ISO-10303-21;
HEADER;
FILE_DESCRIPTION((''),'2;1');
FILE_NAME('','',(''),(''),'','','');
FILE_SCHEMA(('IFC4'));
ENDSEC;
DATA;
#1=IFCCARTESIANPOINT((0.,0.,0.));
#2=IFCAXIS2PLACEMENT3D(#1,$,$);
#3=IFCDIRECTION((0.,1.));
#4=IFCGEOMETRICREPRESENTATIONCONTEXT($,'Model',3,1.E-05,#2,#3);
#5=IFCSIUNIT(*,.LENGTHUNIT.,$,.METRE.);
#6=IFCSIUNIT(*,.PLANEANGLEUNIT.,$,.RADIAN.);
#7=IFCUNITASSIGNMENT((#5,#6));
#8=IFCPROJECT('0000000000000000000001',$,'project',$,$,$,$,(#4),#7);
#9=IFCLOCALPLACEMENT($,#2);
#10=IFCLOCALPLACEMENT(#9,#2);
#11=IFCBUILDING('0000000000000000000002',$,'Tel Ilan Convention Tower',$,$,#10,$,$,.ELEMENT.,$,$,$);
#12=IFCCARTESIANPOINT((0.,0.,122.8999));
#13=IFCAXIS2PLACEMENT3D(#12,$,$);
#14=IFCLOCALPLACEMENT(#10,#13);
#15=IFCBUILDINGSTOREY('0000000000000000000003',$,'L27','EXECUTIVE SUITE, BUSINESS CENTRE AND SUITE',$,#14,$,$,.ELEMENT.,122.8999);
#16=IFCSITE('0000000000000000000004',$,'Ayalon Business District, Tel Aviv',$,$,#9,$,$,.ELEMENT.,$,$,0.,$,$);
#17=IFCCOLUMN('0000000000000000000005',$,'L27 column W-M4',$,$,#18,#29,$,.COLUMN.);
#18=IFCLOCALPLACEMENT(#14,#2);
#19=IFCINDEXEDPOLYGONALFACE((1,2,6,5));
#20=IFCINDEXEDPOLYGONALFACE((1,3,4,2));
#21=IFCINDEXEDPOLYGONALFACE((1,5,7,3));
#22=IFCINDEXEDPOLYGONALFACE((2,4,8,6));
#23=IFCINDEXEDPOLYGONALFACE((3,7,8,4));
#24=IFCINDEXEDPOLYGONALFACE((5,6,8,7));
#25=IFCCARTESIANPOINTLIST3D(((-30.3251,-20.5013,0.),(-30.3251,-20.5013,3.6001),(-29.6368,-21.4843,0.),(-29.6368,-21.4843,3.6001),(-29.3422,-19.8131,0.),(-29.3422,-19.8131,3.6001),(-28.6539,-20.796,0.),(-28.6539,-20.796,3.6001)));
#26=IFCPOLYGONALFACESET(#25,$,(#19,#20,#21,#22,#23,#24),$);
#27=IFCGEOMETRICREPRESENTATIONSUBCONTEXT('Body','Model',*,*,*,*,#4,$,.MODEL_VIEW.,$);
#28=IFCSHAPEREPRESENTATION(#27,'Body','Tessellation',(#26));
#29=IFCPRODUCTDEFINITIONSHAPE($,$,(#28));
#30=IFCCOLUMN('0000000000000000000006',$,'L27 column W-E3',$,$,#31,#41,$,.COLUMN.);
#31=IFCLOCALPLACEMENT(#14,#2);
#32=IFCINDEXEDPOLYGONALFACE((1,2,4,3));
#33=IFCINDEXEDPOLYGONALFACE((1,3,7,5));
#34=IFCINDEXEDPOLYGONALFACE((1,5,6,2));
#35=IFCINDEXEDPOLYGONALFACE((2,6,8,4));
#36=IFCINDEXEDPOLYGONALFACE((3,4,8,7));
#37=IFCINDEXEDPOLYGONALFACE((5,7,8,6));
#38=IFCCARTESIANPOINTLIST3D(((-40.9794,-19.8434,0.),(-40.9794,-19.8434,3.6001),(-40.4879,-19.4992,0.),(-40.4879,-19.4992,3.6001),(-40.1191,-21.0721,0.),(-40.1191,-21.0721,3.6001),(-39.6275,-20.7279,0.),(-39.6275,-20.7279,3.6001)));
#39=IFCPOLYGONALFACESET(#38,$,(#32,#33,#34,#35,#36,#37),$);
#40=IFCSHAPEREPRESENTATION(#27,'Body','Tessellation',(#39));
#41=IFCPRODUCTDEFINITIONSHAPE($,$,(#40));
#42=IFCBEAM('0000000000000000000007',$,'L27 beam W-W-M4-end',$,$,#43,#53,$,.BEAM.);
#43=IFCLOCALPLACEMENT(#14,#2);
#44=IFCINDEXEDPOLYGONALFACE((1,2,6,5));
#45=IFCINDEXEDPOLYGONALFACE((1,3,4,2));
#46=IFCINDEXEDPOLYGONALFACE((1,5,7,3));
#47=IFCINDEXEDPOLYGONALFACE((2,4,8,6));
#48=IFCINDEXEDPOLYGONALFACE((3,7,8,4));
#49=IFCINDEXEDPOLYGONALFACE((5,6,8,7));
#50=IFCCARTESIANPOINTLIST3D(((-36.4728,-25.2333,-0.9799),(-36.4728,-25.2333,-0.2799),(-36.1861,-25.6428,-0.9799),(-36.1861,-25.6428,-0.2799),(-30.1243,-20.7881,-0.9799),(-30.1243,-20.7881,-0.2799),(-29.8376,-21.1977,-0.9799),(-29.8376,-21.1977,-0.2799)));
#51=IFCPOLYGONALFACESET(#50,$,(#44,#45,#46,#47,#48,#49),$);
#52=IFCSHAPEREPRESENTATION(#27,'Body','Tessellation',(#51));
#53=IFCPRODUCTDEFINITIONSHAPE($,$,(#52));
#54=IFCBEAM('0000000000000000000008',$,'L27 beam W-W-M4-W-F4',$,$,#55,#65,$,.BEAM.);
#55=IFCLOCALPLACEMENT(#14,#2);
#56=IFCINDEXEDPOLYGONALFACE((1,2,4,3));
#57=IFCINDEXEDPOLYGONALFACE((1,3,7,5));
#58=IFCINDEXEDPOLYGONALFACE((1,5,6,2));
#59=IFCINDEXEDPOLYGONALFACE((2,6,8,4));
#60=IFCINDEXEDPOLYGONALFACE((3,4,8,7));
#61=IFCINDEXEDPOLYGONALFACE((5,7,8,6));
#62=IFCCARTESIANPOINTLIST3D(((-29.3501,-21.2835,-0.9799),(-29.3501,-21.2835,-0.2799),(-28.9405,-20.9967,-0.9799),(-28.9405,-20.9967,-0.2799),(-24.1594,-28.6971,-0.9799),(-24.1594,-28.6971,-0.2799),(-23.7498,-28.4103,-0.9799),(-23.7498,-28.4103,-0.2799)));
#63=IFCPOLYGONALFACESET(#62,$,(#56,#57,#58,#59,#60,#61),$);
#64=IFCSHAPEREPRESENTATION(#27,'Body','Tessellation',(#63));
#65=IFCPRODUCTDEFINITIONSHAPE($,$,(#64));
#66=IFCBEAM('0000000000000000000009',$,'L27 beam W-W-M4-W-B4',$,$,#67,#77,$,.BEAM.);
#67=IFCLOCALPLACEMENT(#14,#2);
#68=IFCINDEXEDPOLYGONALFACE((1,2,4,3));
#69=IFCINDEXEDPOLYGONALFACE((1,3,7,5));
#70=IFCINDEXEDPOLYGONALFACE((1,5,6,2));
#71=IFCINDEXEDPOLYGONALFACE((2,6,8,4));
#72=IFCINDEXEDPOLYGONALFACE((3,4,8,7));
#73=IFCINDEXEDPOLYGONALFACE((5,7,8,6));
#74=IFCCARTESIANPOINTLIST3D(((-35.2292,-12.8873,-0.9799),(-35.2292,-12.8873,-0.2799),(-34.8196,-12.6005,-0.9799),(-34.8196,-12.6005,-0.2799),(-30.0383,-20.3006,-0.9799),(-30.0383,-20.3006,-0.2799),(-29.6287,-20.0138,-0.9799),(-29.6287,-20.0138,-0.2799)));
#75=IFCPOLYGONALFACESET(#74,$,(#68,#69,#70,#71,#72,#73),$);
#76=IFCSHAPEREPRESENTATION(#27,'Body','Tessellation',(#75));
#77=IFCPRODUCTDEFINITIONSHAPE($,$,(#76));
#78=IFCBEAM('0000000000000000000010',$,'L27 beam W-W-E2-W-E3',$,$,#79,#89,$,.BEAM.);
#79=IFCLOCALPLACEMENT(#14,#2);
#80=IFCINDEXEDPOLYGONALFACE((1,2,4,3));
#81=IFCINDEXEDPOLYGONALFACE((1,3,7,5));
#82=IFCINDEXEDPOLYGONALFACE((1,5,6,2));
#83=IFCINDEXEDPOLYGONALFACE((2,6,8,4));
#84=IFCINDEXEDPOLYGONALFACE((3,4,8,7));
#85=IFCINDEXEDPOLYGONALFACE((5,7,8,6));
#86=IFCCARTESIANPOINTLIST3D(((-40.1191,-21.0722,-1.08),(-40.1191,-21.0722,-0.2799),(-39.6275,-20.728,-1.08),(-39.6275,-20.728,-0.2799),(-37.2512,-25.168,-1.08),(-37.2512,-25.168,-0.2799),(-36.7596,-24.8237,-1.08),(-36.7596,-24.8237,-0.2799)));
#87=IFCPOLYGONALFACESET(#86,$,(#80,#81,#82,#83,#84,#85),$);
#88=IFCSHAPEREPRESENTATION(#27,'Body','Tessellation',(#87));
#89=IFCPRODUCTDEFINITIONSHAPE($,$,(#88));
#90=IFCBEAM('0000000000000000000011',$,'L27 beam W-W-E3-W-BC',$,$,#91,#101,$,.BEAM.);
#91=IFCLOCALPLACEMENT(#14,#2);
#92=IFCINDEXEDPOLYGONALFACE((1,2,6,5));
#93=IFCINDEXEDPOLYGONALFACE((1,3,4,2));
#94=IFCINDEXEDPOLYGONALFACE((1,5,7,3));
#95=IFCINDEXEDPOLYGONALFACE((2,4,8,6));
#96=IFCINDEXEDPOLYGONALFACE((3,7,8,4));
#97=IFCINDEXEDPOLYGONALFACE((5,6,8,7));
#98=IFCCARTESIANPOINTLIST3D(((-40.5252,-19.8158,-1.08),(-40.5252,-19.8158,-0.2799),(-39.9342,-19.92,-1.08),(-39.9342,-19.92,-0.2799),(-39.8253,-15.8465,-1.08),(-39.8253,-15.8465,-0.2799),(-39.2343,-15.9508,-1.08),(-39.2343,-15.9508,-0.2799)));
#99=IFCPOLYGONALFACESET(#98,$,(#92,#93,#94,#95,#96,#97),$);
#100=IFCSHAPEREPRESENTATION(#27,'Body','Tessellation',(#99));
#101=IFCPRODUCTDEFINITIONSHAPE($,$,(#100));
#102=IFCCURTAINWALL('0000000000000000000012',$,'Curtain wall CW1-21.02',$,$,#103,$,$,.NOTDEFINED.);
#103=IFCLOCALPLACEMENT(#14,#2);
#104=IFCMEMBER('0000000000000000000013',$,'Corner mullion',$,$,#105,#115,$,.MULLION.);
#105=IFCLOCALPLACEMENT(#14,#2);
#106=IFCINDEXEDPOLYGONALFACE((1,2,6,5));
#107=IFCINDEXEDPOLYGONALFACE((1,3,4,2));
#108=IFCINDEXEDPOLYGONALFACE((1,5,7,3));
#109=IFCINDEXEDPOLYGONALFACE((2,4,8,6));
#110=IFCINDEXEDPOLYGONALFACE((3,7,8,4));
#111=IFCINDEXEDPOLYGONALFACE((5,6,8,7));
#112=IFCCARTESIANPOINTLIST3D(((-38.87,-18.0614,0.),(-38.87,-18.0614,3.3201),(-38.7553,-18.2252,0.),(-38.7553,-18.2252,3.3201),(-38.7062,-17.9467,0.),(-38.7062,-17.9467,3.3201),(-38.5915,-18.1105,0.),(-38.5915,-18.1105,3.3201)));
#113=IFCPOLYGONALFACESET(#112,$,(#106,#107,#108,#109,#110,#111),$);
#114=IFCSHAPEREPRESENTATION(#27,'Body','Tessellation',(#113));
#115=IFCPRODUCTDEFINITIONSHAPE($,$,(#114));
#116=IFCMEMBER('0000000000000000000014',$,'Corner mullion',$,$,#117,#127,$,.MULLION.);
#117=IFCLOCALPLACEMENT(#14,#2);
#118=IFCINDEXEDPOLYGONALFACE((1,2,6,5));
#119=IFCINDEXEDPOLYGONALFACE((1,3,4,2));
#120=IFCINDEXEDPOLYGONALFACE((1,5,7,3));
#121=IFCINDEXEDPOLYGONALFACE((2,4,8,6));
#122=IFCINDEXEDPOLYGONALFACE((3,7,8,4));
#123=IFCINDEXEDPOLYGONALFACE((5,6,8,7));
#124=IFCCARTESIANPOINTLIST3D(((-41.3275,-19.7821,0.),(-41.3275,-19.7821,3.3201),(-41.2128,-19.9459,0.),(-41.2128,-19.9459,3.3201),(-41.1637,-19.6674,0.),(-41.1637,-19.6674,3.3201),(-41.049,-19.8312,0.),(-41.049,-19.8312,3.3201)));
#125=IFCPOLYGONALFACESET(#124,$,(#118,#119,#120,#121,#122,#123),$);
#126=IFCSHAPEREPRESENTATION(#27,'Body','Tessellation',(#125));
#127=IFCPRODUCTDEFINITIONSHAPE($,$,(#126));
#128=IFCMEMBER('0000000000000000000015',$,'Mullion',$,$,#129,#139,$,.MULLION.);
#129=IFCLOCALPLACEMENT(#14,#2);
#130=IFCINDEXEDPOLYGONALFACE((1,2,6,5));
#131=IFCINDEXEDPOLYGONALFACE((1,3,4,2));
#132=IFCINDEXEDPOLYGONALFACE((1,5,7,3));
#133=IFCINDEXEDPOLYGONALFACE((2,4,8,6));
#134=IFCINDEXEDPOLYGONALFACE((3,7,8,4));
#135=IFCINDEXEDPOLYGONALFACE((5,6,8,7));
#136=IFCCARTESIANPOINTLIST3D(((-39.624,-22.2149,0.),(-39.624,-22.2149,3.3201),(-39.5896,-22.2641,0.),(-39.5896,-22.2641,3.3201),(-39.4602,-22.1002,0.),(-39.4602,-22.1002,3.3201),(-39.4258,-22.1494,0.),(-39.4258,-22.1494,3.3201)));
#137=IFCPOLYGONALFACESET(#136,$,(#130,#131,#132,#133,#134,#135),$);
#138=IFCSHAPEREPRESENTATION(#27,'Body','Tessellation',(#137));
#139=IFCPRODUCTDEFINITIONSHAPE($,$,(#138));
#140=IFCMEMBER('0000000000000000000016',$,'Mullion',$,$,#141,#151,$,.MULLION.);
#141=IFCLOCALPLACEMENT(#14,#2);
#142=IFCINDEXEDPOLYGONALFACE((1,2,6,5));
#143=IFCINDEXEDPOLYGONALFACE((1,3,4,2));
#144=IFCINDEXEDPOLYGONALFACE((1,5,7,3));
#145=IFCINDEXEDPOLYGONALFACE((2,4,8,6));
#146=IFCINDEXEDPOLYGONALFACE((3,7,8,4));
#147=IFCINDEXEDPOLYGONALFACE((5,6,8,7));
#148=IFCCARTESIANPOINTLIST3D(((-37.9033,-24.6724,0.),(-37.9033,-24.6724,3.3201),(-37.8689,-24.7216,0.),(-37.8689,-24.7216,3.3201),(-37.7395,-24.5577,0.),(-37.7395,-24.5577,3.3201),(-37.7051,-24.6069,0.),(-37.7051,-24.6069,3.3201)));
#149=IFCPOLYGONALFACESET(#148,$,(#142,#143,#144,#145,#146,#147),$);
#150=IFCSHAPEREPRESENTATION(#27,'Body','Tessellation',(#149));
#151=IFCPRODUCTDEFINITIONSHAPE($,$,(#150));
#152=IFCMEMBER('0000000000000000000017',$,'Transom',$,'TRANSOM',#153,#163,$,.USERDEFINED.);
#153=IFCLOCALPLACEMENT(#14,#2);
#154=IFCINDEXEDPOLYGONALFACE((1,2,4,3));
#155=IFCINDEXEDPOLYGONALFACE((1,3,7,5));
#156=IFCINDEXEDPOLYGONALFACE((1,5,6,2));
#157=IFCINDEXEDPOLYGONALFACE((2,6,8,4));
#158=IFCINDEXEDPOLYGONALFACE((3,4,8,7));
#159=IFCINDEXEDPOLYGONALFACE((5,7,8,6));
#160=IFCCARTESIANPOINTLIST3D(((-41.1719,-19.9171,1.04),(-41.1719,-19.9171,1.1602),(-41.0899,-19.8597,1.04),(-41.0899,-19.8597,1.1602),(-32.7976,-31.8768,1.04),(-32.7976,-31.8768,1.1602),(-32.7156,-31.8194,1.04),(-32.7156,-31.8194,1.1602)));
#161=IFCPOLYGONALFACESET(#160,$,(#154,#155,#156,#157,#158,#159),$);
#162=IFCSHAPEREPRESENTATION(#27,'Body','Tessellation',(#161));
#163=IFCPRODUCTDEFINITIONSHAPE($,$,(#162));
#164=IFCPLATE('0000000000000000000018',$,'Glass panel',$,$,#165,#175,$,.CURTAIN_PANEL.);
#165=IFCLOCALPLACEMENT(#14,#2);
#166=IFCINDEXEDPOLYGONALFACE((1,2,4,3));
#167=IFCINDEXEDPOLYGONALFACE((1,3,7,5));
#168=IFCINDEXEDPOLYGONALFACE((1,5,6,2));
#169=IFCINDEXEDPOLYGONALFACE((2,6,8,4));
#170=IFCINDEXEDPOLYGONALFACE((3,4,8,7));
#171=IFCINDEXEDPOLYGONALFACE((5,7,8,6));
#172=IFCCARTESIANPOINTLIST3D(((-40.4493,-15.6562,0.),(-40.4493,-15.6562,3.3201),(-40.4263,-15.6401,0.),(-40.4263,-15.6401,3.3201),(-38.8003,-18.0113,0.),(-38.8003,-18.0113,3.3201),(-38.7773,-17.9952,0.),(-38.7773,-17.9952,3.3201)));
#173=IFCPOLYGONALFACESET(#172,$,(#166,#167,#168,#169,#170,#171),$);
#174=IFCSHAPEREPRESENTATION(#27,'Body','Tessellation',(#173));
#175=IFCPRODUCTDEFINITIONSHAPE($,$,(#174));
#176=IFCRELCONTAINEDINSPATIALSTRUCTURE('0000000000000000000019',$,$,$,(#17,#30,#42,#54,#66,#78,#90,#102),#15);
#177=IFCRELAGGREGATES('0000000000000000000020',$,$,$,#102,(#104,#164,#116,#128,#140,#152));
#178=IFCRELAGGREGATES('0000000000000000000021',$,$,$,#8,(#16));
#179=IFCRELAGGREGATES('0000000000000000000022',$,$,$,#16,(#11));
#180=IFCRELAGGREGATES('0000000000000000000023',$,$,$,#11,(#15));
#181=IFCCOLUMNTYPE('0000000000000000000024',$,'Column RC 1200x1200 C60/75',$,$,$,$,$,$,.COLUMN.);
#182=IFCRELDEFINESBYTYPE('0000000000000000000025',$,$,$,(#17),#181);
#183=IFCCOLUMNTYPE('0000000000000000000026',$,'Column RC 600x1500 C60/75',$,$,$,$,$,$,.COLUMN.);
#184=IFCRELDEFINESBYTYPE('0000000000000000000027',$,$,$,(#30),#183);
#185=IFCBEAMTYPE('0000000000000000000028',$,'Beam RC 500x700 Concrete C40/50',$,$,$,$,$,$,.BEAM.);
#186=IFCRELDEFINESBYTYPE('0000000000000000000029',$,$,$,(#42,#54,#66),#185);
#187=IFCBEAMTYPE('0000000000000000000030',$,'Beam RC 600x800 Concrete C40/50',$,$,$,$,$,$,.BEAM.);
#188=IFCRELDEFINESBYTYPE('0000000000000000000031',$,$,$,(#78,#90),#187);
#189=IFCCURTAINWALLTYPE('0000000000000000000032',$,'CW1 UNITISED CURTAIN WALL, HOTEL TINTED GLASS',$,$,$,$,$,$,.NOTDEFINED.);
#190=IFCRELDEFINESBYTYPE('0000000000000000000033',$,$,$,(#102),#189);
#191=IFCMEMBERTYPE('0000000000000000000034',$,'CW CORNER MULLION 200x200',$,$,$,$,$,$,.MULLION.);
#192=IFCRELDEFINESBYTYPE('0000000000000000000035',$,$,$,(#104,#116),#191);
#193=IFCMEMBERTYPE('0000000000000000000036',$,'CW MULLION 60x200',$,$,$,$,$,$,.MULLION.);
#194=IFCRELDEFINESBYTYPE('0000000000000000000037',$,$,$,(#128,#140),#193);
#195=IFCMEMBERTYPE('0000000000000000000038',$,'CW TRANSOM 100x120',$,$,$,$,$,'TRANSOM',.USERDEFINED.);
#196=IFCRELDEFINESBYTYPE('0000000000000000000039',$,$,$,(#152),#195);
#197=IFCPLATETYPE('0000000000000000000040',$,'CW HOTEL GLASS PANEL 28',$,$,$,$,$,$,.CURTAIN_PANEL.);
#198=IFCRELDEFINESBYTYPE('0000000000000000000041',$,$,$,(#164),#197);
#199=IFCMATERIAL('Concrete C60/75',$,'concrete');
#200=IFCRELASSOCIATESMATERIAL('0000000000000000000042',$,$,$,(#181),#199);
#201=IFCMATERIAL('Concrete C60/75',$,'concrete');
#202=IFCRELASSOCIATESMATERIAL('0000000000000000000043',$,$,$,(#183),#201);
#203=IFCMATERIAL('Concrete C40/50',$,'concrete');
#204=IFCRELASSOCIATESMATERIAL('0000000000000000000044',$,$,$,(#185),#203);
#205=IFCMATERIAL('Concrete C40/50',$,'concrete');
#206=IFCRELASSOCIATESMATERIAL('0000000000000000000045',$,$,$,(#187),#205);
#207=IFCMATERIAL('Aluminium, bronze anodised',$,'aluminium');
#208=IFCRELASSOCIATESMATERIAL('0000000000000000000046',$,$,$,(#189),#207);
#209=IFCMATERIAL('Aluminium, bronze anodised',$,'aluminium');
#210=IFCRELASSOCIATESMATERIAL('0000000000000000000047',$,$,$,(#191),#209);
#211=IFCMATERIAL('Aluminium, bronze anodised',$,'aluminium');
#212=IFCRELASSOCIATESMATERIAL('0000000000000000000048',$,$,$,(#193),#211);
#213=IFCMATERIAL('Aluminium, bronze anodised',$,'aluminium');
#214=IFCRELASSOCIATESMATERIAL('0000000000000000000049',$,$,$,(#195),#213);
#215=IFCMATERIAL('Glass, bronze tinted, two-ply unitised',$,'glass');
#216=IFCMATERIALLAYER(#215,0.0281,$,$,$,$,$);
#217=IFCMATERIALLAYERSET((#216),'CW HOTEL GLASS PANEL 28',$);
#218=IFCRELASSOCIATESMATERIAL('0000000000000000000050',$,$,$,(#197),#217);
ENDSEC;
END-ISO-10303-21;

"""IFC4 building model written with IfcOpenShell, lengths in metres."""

from ifc_helpers import new_model, si_unit, direction, frame, origin, origin_2d, place, context, subcontext, project, spatial, rectangle, extrude, material, layer, layer_set, material_profile, profile_set, type_object, element, aggregate, save


model = new_model("IFC4")

# Units and contexts
model_context = context("Model", 3, precision=1e-05, world=origin(), true_north=direction((0.0, 1.0)))
body_context = subcontext(model_context, "Body", "Model", "MODEL_VIEW")
ifc_project = project(units=[si_unit("LENGTHUNIT", "METRE"), si_unit("PLANEANGLEUNIT", "RADIAN")], contexts=[model_context])

# Site, building, storey
site_placement = place(None, origin())
site = spatial("IfcSite", under=ifc_project, at=site_placement, Name="Ayalon Business District, Tel Aviv", CompositionType="ELEMENT", RefElevation=0.0)
building_placement = place(site_placement, origin())
building = spatial("IfcBuilding", under=site, at=building_placement, Name="Tel Ilan Convention Tower", CompositionType="ELEMENT")
storey_placement = place(building_placement, frame((0.0, 0.0, 122.8999)))
storey = spatial("IfcBuildingStorey", under=building, at=storey_placement, Name="L27", Description="EXECUTIVE SUITE, BUSINESS CENTRE AND SUITE", CompositionType="ELEMENT", Elevation=122.8999)

# Columns
ifc_material_1 = material(Name="Concrete C60/75", Category="concrete")
ifc_material_profile_1 = material_profile(ifc_material_1, rectangle(XDim=1.2, YDim=1.2, at=origin_2d()), Name="RC 1200x1200")
ifc_profile_set_1 = profile_set([ifc_material_profile_1], Name="Concrete C60/75")
column_type_1 = type_object("IfcColumnType", Name="Column RC 1200x1200 C60/75", PredefinedType="COLUMN", material=ifc_profile_set_1)
column_1_placement = place(storey_placement, frame((-29.4895, -20.6487, 0.0), z_axis=(0.0, 0.0, 1.0), x_axis=(-0.819152, -0.573576, 0.0)))
element("IfcColumn", 1, at=column_1_placement, inside=storey, type_object=column_type_1, Name="L27 column W-M4", PredefinedType="COLUMN", context=body_context, shape_type="SweptSolid", body=[
    extrude(rectangle(XDim=1.2, YDim=1.2, at=origin_2d()), origin(), (0.0, 0.0, 1.0), 3.6001),
])
ifc_material_2 = material(Name="Concrete C60/75", Category="concrete")
ifc_material_profile_2 = material_profile(ifc_material_2, rectangle(XDim=1.5, YDim=0.6001, at=origin_2d()), Name="RC 600x1500")
ifc_profile_set_2 = profile_set([ifc_material_profile_2], Name="Concrete C60/75")
column_type_2 = type_object("IfcColumnType", Name="Column RC 600x1500 C60/75", PredefinedType="COLUMN", material=ifc_profile_set_2)
column_2_placement = place(storey_placement, frame((-40.3035, -20.2856, 0.0), z_axis=(0.0, 0.0, 1.0), x_axis=(-0.573576, 0.819152, 0.0)))
element("IfcColumn", 2, at=column_2_placement, inside=storey, type_object=column_type_2, Name="L27 column W-E3", PredefinedType="COLUMN", context=body_context, shape_type="SweptSolid", body=[
    extrude(rectangle(XDim=1.5, YDim=0.6001, at=origin_2d()), origin(), (0.0, 0.0, 1.0), 3.6001),
])

# Beams
ifc_material_3 = material(Name="Concrete C40/50", Category="concrete")
ifc_material_profile_3 = material_profile(ifc_material_3, rectangle(XDim=0.5, YDim=0.7, at=origin_2d()), Name="RC 500x700")
ifc_profile_set_3 = profile_set([ifc_material_profile_3], Name="Concrete C40/50")
beam_type_1 = type_object("IfcBeamType", Name="Beam RC 500x700 Concrete C40/50", PredefinedType="BEAM", material=ifc_profile_set_3)
beam_1_placement = place(storey_placement, frame((-29.981, -20.9929, -0.6299), z_axis=(-0.819159, -0.573566, 0.0), x_axis=(0.573566, -0.819159, 0.0)))
element("IfcBeam", 3, at=beam_1_placement, inside=storey, type_object=beam_type_1, Name="L27 beam W-W-M4-end", PredefinedType="BEAM", context=body_context, shape_type="SweptSolid", body=[
    extrude(rectangle(XDim=0.5, YDim=0.7, at=origin_2d()), origin(), (0.0, 0.0, 1.0), 7.75),
])
for number, where, z_axis, x_axis, name in (
    (4, (-29.1453, -21.1401, -0.6299), (0.573549, -0.819171, 0.0), (0.819171, 0.573549, 0.0), "L27 beam W-W-M4-W-F4"),
    (5, (-29.8335, -20.1572, -0.6299), (-0.57358, 0.81915, 0.0), (-0.81915, -0.57358, 0.0), "L27 beam W-W-M4-W-B4"),
):
    element("IfcBeam", number, at=place(storey_placement, frame(where, z_axis=z_axis, x_axis=x_axis)), inside=storey, type_object=beam_type_1, Name=name, PredefinedType="BEAM", context=body_context, shape_type="SweptSolid", body=[
        extrude(rectangle(XDim=0.5, YDim=0.7, at=origin_2d()), origin(), (0.0, 0.0, 1.0), 9.05),
    ])
ifc_material_4 = material(Name="Concrete C40/50", Category="concrete")
ifc_material_profile_4 = material_profile(ifc_material_4, rectangle(XDim=0.6001, YDim=0.8, at=origin_2d()), Name="RC 600x800")
ifc_profile_set_4 = profile_set([ifc_material_profile_4], Name="Concrete C40/50")
beam_type_2 = type_object("IfcBeamType", Name="Beam RC 600x800 Concrete C40/50", PredefinedType="BEAM", material=ifc_profile_set_4)
beam_2_placement = place(storey_placement, frame((-37.0054, -24.9958, -0.6799), z_axis=(-0.573587, 0.819145, 0.0), x_axis=(-0.819145, -0.573587, 0.0)))
element("IfcBeam", 6, at=beam_2_placement, inside=storey, type_object=beam_type_2, Name="L27 beam W-W-E2-W-E3", PredefinedType="BEAM", context=body_context, shape_type="SweptSolid", body=[
    extrude(rectangle(XDim=0.6001, YDim=0.8, at=origin_2d()), origin(), (0.0, 0.0, 1.0), 5.0),
])
beam_3_placement = place(storey_placement, frame((-40.2297, -19.8679, -0.6799), z_axis=(0.173664, 0.984805, 0.0), x_axis=(-0.984805, 0.173664, 0.0)))
element("IfcBeam", 7, at=beam_3_placement, inside=storey, type_object=beam_type_2, Name="L27 beam W-W-E3-W-BC", PredefinedType="BEAM", context=body_context, shape_type="SweptSolid", body=[
    extrude(rectangle(XDim=0.6001, YDim=0.8, at=origin_2d()), origin(), (0.0, 0.0, 1.0), 4.0305),
])

# Curtain wall, members, plate
ifc_material_5 = material(Name="Aluminium, bronze anodised", Category="aluminium")
curtain_wall_type = type_object("IfcCurtainWallType", Name="CW1 UNITISED CURTAIN WALL, HOTEL TINTED GLASS", PredefinedType="NOTDEFINED", material=ifc_material_5)
curtain_wall_placement = place(storey_placement, origin())
curtain_wall = element("IfcCurtainWall", 8, at=curtain_wall_placement, inside=storey, type_object=curtain_wall_type, Name="Curtain wall CW1-21.02", PredefinedType="NOTDEFINED")
ifc_material_6 = material(Name="Aluminium, bronze anodised", Category="aluminium")
ifc_material_profile_5 = material_profile(ifc_material_6, rectangle(XDim=0.2, YDim=0.2, at=origin_2d()), Name="CW CORNER MULLION 200x200")
ifc_profile_set_5 = profile_set([ifc_material_profile_5], Name="Aluminium, bronze anodised")
member_type_1 = type_object("IfcMemberType", Name="CW CORNER MULLION 200x200", PredefinedType="MULLION", material=ifc_profile_set_5)
member_1_placement = place(storey_placement, frame((-38.7307, -18.0859, 0.0), z_axis=(0.0, 0.0, 1.0), x_axis=(0.573576, -0.819152, 0.0)))
member_1 = element("IfcMember", 9, at=member_1_placement, type_object=member_type_1, Name="Corner mullion", PredefinedType="MULLION", context=body_context, shape_type="SweptSolid", body=[
    extrude(rectangle(XDim=0.2, YDim=0.2, at=origin_2d()), origin(), (0.0, 0.0, 1.0), 3.3201),
])
member_2_placement = place(storey_placement, frame((-41.1882, -19.8066, 0.0), z_axis=(0.0, 0.0, 1.0), x_axis=(-0.819152, -0.573576, 0.0)))
member_2 = element("IfcMember", 10, at=member_2_placement, type_object=member_type_1, Name="Corner mullion", PredefinedType="MULLION", context=body_context, shape_type="SweptSolid", body=[
    extrude(rectangle(XDim=0.2, YDim=0.2, at=origin_2d()), origin(), (0.0, 0.0, 1.0), 3.3201),
])
ifc_material_7 = material(Name="Aluminium, bronze anodised", Category="aluminium")
ifc_material_profile_6 = material_profile(ifc_material_7, rectangle(XDim=0.0601, YDim=0.2, at=origin_2d()), Name="CW MULLION 60x200")
ifc_profile_set_6 = profile_set([ifc_material_profile_6], Name="Aluminium, bronze anodised")
member_type_2 = type_object("IfcMemberType", Name="CW MULLION 60x200", PredefinedType="MULLION", material=ifc_profile_set_6)
member_3_placement = place(storey_placement, frame((-39.5249, -22.1821, 0.0), z_axis=(0.0, 0.0, 1.0), x_axis=(0.573576, -0.819152, 0.0)))
member_3 = element("IfcMember", 11, at=member_3_placement, type_object=member_type_2, Name="Mullion", PredefinedType="MULLION", context=body_context, shape_type="SweptSolid", body=[
    extrude(rectangle(XDim=0.0601, YDim=0.2, at=origin_2d()), origin(), (0.0, 0.0, 1.0), 3.3201),
])
member_4_placement = place(storey_placement, frame((-37.8042, -24.6396, 0.0), z_axis=(0.0, 0.0, 1.0), x_axis=(0.573576, -0.819152, 0.0)))
member_4 = element("IfcMember", 12, at=member_4_placement, type_object=member_type_2, Name="Mullion", PredefinedType="MULLION", context=body_context, shape_type="SweptSolid", body=[
    extrude(rectangle(XDim=0.0601, YDim=0.2, at=origin_2d()), origin(), (0.0, 0.0, 1.0), 3.3201),
])
ifc_material_8 = material(Name="Aluminium, bronze anodised", Category="aluminium")
ifc_material_profile_7 = material_profile(ifc_material_8, rectangle(XDim=0.1001, YDim=0.1201, at=origin_2d()), Name="CW TRANSOM 100x120")
ifc_profile_set_7 = profile_set([ifc_material_profile_7], Name="Aluminium, bronze anodised")
member_type_3 = type_object("IfcMemberType", Name="CW TRANSOM 100x120", ElementType="TRANSOM", PredefinedType="USERDEFINED", material=ifc_profile_set_7)
member_5_placement = place(storey_placement, frame((-41.1309, -19.8884, 1.1001), z_axis=(0.573576, -0.819153, 0.0), x_axis=(0.819153, 0.573576, 0.0)))
member_5 = element("IfcMember", 13, at=member_5_placement, type_object=member_type_3, Name="Transom", ObjectType="TRANSOM", PredefinedType="USERDEFINED", context=body_context, shape_type="SweptSolid", body=[
    extrude(rectangle(XDim=0.1001, YDim=0.1201, at=origin_2d()), origin(), (0.0, 0.0, 1.0), 14.6001),
])
ifc_material_9 = material(Name="Glass, bronze tinted, two-ply unitised", Category="glass")
ifc_layer_1 = layer(ifc_material_9, 0.0281)
ifc_layer_set_1 = layer_set([ifc_layer_1], Name="CW HOTEL GLASS PANEL 28")
plate_type = type_object("IfcPlateType", Name="CW HOTEL GLASS PANEL 28", PredefinedType="CURTAIN_PANEL", material=ifc_layer_set_1)
plate_1_placement = place(storey_placement, frame((-39.6133, -16.8257, 0.0), z_axis=(0.0, 0.0, 1.0), x_axis=(0.573576, -0.819152, 0.0)))
plate_1 = element("IfcPlate", 14, at=plate_1_placement, type_object=plate_type, Name="Glass panel", PredefinedType="CURTAIN_PANEL", context=body_context, shape_type="SweptSolid", body=[
    extrude(rectangle(XDim=2.875, YDim=0.0281, at=origin_2d()), origin(), (0.0, 0.0, 1.0), 3.3201),
])
aggregate(curtain_wall, [member_1, plate_1, member_2, member_3, member_4, member_5])

save(model, "model.ifc")
